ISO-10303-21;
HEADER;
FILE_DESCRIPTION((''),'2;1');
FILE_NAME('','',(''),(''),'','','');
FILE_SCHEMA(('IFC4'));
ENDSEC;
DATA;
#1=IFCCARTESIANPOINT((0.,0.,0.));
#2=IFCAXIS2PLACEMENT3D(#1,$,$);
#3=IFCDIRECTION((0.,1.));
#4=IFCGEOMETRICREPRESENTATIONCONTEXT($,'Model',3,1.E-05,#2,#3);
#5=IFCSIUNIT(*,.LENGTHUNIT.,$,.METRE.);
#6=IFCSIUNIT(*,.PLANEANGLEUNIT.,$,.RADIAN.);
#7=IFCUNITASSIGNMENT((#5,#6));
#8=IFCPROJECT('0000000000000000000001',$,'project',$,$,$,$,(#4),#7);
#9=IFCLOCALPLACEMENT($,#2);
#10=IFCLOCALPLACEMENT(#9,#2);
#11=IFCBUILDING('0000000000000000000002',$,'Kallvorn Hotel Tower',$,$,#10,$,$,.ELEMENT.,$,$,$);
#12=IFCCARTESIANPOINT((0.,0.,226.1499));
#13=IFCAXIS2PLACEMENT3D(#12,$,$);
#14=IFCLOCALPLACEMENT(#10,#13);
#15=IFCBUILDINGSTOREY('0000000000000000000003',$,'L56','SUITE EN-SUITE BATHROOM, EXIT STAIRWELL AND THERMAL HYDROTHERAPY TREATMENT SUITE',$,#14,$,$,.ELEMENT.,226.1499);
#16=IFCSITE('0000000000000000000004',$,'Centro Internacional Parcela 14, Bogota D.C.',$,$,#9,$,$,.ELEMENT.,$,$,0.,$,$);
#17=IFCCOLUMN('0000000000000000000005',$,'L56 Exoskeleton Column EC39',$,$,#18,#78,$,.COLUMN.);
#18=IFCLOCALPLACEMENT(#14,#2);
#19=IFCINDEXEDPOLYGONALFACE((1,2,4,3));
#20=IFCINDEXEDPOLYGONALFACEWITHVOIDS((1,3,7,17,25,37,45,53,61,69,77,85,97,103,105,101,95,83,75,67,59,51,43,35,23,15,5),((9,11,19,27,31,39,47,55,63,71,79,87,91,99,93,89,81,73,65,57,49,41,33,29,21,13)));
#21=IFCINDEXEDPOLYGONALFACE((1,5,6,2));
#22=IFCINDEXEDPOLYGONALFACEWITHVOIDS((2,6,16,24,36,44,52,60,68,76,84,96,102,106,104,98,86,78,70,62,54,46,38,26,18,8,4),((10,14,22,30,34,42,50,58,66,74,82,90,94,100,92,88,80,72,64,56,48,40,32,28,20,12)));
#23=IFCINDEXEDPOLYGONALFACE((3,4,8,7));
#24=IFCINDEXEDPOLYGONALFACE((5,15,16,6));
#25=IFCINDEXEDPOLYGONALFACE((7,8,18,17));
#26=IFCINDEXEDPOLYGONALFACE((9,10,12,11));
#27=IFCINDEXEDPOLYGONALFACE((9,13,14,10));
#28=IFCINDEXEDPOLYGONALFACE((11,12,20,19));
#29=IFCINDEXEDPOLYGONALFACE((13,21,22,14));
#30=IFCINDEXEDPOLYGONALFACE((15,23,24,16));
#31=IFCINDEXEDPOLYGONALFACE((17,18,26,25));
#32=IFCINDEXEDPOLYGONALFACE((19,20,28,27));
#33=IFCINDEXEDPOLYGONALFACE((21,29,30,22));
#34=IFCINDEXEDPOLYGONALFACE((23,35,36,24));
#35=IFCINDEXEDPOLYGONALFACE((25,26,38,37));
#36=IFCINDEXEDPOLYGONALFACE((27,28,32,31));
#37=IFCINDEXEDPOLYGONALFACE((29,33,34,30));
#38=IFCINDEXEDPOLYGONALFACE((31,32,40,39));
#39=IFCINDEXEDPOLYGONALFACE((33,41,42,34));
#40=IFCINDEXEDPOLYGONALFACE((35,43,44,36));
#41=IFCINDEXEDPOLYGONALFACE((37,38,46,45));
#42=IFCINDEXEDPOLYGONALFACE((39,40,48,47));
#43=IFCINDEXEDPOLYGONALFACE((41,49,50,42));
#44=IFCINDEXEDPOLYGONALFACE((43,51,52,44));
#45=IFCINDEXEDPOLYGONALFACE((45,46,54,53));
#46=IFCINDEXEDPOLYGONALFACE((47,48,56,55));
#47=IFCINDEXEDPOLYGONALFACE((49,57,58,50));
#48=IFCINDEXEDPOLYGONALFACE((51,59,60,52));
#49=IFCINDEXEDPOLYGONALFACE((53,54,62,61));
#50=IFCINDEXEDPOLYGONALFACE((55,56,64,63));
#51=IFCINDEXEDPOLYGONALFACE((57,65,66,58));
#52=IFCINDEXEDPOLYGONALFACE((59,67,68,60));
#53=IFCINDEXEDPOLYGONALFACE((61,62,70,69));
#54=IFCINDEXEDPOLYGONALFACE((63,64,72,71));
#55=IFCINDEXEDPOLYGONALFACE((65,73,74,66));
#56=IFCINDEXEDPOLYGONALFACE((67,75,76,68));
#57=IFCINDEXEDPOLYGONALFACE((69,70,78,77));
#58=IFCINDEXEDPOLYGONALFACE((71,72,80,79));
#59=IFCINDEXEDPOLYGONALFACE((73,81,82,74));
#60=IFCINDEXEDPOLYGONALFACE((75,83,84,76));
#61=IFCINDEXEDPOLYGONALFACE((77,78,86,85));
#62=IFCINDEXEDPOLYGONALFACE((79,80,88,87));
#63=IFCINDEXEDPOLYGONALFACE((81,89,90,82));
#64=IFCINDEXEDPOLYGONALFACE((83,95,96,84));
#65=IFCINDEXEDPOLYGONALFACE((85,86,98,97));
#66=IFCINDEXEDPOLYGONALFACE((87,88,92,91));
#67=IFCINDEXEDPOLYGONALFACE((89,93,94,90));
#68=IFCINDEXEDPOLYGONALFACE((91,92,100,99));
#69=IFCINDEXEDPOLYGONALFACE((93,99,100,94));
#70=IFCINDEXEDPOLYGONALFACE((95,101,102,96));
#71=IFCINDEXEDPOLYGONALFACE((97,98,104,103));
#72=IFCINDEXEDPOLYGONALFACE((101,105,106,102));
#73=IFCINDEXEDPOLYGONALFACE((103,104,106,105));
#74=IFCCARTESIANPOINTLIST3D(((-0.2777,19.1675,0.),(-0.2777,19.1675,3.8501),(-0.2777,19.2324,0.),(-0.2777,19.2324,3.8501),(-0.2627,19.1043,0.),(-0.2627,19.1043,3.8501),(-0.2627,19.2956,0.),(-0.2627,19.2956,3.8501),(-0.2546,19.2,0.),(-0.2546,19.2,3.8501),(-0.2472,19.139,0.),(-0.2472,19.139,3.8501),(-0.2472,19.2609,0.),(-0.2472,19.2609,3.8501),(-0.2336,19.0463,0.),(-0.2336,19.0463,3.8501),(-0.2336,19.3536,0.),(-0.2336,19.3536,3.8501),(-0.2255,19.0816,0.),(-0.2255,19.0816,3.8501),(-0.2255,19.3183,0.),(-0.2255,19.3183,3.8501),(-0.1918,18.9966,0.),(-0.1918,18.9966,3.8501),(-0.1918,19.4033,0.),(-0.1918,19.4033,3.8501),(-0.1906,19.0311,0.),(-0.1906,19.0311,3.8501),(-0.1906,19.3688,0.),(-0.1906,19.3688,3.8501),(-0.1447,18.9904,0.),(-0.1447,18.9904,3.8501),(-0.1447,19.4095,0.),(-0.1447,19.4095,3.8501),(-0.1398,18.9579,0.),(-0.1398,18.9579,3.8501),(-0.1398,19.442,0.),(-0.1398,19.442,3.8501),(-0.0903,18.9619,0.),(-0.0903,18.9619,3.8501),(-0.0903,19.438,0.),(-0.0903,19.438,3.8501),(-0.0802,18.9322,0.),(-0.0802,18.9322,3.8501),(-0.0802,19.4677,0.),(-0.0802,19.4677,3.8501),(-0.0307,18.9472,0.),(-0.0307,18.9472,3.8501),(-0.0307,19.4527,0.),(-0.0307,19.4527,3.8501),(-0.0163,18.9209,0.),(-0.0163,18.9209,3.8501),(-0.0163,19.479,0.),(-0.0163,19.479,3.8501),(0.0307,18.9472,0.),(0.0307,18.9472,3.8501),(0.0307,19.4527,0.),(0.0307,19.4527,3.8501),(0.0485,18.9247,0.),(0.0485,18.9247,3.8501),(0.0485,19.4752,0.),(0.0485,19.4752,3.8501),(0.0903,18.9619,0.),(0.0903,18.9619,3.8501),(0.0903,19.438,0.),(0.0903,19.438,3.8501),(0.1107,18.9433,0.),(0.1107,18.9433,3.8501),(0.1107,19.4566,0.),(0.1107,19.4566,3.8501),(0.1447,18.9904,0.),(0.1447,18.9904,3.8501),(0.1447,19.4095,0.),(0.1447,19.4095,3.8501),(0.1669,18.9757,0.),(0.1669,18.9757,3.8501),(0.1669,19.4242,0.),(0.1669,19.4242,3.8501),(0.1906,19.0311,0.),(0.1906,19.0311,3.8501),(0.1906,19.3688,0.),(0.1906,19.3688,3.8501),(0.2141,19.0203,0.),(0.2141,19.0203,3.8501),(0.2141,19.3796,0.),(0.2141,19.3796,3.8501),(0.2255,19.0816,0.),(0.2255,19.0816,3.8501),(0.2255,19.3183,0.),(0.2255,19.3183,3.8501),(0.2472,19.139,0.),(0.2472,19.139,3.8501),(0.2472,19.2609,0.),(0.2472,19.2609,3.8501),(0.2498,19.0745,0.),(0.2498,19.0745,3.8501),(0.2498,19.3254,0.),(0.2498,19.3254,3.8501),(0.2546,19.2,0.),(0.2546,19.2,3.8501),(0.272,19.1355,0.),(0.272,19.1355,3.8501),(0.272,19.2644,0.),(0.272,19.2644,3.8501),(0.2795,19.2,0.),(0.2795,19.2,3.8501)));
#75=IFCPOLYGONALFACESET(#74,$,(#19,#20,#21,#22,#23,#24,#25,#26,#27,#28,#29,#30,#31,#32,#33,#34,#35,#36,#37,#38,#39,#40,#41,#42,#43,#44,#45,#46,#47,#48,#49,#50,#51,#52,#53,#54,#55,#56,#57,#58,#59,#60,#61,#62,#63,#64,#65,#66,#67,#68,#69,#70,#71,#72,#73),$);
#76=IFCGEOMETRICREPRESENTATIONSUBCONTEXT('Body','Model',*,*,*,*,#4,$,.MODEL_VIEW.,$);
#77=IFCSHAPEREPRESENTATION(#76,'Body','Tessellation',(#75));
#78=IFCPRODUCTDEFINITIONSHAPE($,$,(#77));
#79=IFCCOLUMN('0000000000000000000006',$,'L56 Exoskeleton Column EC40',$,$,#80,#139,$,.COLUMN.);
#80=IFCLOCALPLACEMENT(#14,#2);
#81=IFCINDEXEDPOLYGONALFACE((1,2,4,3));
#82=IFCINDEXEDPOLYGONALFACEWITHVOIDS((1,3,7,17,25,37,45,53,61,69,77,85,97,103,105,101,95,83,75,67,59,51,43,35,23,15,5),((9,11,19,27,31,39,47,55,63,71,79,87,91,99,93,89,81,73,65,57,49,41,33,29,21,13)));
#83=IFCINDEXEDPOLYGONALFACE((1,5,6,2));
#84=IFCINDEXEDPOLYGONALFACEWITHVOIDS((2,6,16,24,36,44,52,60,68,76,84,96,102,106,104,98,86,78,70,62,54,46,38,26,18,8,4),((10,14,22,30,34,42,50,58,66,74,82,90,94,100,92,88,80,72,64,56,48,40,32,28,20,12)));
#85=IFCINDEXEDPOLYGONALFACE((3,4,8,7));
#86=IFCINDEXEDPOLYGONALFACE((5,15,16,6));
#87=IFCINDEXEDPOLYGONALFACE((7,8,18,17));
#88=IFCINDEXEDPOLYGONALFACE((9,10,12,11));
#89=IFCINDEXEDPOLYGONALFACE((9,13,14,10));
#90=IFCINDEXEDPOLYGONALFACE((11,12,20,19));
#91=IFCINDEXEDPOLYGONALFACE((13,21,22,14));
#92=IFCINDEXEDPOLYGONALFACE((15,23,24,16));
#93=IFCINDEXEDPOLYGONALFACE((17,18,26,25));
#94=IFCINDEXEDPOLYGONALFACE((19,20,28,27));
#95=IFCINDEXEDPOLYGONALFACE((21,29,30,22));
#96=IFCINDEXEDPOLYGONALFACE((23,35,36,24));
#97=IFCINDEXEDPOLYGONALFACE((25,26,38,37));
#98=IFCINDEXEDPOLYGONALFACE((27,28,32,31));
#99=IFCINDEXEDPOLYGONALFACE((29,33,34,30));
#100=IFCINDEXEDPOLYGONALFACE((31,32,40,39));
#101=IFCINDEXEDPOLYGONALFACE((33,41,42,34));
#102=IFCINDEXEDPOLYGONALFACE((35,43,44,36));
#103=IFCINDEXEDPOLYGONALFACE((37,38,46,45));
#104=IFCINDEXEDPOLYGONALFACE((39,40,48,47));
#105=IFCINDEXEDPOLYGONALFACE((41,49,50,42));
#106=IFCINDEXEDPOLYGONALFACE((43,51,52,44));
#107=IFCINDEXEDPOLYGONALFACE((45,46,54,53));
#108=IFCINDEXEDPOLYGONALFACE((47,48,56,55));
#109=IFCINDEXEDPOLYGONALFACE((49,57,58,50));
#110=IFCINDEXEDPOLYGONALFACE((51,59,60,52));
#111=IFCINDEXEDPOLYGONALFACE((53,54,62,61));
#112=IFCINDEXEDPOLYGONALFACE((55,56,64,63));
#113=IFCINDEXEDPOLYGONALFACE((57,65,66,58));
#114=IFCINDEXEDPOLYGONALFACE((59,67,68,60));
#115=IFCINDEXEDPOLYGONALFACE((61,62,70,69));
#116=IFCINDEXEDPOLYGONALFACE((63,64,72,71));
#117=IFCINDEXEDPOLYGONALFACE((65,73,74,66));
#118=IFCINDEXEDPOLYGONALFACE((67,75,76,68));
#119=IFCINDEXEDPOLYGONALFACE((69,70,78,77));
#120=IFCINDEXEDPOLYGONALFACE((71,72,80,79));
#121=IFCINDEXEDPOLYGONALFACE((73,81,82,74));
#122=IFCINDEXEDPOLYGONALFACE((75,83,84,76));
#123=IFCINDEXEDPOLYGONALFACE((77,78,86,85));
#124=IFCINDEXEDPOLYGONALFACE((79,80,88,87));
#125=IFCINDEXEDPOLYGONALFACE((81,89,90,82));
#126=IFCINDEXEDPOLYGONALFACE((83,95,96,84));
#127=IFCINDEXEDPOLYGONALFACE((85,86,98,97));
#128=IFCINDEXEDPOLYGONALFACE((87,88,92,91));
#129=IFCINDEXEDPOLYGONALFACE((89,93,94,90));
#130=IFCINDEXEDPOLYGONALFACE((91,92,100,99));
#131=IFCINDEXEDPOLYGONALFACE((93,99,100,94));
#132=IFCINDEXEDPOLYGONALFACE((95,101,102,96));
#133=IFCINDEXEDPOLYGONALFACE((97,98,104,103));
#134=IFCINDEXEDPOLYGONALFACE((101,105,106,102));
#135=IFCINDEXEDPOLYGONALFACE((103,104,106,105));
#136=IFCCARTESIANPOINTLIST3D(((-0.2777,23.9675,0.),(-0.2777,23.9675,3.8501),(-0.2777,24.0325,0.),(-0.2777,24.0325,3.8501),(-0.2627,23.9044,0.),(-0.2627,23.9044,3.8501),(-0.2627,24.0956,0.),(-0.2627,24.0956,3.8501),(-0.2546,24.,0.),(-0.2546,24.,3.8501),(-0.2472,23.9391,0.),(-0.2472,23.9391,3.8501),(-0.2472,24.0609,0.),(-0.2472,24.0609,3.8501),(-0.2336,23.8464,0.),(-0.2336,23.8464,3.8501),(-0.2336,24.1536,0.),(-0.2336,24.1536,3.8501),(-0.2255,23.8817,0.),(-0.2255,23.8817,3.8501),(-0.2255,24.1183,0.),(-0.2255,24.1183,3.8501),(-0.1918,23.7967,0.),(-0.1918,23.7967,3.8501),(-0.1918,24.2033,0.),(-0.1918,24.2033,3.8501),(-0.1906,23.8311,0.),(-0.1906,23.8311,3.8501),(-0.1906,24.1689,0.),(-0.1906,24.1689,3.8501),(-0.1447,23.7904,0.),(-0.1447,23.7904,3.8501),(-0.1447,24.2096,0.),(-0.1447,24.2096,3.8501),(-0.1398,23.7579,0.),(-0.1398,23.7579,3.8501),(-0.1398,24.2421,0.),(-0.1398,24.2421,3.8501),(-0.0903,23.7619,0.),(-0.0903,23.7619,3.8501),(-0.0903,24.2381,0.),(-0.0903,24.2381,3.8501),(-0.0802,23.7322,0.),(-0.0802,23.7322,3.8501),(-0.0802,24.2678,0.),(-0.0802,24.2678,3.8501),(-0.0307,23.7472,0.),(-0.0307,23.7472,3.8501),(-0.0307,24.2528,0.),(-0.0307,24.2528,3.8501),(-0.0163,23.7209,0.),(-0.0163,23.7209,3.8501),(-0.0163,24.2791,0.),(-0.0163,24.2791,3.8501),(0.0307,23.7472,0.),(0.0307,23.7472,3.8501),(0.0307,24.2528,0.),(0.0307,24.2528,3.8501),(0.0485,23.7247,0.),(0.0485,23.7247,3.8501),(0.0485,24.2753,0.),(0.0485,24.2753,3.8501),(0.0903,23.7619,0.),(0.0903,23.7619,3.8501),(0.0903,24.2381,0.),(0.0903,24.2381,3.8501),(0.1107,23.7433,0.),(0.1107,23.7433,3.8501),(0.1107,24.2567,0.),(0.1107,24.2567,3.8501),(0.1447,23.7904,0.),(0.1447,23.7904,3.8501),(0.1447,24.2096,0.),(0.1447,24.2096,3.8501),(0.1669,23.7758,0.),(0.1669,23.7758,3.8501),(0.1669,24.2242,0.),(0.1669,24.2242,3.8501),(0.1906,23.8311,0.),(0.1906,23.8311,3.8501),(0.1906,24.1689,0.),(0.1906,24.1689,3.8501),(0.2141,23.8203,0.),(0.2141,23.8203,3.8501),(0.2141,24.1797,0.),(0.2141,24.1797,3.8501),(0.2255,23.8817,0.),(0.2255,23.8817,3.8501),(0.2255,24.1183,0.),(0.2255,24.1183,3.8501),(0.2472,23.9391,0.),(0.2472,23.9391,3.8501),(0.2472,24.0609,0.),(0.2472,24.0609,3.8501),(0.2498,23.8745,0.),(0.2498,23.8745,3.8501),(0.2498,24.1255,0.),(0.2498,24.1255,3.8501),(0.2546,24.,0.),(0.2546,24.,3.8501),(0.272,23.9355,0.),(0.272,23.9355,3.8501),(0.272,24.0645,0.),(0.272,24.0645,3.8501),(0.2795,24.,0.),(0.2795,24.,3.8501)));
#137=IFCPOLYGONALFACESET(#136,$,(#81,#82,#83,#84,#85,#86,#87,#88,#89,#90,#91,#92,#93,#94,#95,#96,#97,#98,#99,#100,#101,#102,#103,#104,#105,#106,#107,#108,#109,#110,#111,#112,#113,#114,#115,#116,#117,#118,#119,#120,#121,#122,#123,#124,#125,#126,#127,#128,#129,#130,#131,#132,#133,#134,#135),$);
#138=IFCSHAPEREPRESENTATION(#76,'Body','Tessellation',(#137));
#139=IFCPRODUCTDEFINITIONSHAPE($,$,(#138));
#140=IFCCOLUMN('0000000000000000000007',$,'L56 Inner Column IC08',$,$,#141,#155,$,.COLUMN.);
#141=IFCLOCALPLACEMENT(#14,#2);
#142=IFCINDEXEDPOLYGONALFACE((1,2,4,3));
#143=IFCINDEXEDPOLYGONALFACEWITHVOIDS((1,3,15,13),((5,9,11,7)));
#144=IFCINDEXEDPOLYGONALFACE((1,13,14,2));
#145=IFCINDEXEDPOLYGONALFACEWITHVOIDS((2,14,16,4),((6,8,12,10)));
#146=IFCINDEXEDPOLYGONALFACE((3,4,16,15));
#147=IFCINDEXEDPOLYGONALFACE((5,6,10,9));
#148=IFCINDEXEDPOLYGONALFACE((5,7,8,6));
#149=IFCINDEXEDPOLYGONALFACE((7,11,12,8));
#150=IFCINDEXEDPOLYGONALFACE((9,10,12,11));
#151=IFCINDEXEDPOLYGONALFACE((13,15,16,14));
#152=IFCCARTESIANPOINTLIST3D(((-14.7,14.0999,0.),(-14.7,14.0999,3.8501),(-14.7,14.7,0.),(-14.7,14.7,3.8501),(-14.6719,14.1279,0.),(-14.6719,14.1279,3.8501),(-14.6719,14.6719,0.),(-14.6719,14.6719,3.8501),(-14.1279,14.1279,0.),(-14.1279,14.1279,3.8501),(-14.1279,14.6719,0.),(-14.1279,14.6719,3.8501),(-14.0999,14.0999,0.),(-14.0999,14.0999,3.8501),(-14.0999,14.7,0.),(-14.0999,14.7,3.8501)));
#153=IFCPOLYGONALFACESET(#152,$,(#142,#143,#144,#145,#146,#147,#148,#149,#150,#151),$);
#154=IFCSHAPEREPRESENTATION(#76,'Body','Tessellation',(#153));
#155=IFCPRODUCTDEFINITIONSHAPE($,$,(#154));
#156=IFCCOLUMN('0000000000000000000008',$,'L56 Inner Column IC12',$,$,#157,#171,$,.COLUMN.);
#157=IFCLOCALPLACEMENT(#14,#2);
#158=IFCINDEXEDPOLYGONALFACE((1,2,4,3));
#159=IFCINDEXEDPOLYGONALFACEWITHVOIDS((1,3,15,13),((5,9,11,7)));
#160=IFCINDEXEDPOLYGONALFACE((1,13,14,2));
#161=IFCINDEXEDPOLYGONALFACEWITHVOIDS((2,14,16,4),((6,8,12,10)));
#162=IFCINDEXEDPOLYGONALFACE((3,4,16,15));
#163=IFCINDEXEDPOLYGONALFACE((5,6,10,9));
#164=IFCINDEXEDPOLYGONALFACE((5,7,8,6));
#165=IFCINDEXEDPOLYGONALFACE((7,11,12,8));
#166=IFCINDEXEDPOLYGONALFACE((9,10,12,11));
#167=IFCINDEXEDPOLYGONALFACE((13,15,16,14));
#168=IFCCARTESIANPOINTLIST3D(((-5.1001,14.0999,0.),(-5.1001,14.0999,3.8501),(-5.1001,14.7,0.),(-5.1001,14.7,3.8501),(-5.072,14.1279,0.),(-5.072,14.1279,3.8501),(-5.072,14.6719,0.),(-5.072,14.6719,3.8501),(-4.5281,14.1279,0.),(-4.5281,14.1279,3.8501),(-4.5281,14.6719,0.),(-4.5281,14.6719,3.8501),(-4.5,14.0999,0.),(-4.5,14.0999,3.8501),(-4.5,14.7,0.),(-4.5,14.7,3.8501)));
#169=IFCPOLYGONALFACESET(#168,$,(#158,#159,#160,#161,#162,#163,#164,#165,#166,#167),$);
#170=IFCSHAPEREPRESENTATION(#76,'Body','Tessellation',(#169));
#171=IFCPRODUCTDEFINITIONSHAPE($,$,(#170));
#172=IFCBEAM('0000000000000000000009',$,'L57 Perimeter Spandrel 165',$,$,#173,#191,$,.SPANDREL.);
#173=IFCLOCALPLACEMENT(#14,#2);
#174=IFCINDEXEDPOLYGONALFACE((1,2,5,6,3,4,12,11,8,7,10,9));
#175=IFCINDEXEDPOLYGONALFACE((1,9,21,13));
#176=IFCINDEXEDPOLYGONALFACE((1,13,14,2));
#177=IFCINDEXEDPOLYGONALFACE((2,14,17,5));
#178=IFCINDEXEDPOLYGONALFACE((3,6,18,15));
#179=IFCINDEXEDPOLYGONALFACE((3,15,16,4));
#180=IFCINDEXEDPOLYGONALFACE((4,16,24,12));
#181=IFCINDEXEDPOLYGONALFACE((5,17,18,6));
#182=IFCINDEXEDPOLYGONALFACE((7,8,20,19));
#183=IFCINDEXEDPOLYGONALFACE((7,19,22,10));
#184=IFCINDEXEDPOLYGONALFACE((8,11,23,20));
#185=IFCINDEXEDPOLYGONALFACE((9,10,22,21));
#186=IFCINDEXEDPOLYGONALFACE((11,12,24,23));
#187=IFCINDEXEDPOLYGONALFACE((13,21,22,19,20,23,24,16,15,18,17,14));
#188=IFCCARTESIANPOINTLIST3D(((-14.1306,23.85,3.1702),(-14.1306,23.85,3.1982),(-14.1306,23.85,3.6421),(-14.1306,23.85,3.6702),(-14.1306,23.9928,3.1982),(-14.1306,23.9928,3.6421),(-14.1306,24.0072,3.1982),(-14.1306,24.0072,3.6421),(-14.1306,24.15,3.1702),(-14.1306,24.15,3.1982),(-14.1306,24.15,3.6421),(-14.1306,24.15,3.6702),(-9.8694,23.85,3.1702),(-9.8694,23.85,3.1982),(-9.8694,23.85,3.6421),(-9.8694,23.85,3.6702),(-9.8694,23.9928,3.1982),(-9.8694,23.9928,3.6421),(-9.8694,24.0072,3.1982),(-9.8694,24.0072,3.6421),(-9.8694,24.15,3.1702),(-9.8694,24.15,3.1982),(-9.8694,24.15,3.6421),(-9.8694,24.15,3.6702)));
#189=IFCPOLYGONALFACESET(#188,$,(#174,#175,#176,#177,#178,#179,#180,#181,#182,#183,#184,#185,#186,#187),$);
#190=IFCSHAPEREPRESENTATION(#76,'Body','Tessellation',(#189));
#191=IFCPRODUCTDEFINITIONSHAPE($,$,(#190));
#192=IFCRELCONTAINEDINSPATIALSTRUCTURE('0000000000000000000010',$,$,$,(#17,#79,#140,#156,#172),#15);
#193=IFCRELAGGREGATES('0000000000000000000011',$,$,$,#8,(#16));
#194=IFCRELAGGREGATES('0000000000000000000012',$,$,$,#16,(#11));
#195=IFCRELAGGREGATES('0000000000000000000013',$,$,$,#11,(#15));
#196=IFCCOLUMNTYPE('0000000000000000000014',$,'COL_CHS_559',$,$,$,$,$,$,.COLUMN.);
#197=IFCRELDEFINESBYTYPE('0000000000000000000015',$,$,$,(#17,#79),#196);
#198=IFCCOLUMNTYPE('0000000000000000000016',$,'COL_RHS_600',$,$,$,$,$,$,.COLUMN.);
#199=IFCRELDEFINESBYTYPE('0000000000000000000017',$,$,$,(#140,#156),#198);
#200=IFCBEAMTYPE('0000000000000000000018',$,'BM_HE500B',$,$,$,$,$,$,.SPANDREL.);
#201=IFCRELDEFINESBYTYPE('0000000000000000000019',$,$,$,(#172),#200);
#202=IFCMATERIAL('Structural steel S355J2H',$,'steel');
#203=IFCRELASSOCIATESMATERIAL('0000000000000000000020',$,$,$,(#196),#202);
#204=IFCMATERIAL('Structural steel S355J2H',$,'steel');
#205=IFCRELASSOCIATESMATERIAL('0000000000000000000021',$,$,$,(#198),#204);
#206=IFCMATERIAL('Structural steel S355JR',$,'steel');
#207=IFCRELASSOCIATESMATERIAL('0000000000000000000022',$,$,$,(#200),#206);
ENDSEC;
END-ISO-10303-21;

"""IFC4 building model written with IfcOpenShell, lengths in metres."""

from ifc_helpers import new_model, si_unit, direction, frame, origin, origin_2d, place, context, subcontext, project, spatial, hollow_rectangle, hollow_circle, i_section, extrude, material, material_profile, profile_set, type_object, element, save


model = new_model("IFC4")

# Units and contexts
model_context = context("Model", 3, precision=1e-05, world=origin(), true_north=direction((0.0, 1.0)))
body_context = subcontext(model_context, "Body", "Model", "MODEL_VIEW")
ifc_project = project(units=[si_unit("LENGTHUNIT", "METRE"), si_unit("PLANEANGLEUNIT", "RADIAN")], contexts=[model_context])

# Site, building, storey
site_placement = place(None, origin())
site = spatial("IfcSite", under=ifc_project, at=site_placement, Name="Centro Internacional Parcela 14, Bogota D.C.", CompositionType="ELEMENT", RefElevation=0.0)
building_placement = place(site_placement, origin())
building = spatial("IfcBuilding", under=site, at=building_placement, Name="Kallvorn Hotel Tower", CompositionType="ELEMENT")
storey_placement = place(building_placement, frame((0.0, 0.0, 226.1499)))
storey = spatial("IfcBuildingStorey", under=building, at=storey_placement, Name="L56", Description="SUITE EN-SUITE BATHROOM, EXIT STAIRWELL AND THERMAL HYDROTHERAPY TREATMENT SUITE", CompositionType="ELEMENT", Elevation=226.1499)

# Columns
ifc_material_1 = material(Name="Structural steel S355J2H", Category="steel")
ifc_material_profile_1 = material_profile(ifc_material_1, hollow_circle(Radius=0.2795, WallThickness=0.0249, at=origin_2d()), Name="CHS 559x25")
ifc_profile_set_1 = profile_set([ifc_material_profile_1], Name="Structural steel S355J2H")
column_type_1 = type_object("IfcColumnType", Name="COL_CHS_559", PredefinedType="COLUMN", material=ifc_profile_set_1)
for number, where, z_axis, x_axis, name in (
    (1, (0.0, 19.2, 0.0), (0.0, 0.0, 1.0), (1.0, 0.0, 0.0), "L56 Exoskeleton Column EC39"),
    (2, (0.0, 24.0, 0.0), (0.0, 0.0, 1.0), (1.0, 0.0, 0.0), "L56 Exoskeleton Column EC40"),
):
    element("IfcColumn", number, at=place(storey_placement, frame(where, z_axis=z_axis, x_axis=x_axis)), inside=storey, type_object=column_type_1, Name=name, PredefinedType="COLUMN", context=body_context, shape_type="SweptSolid", body=[
        extrude(hollow_circle(Radius=0.2795, WallThickness=0.0249, at=origin_2d()), origin(), (0.0, 0.0, 1.0), 3.8501),
    ])
ifc_material_2 = material(Name="Structural steel S355J2H", Category="steel")
ifc_material_profile_2 = material_profile(ifc_material_2, hollow_rectangle(XDim=0.6001, YDim=0.6001, WallThickness=0.0281, at=origin_2d()), Name="RHS 600x600x28")
ifc_profile_set_2 = profile_set([ifc_material_profile_2], Name="Structural steel S355J2H")
column_type_2 = type_object("IfcColumnType", Name="COL_RHS_600", PredefinedType="COLUMN", material=ifc_profile_set_2)
for number, where, z_axis, x_axis, name in (
    (3, (-14.3999, 14.3999, 0.0), (0.0, 0.0, 1.0), (1.0, 0.0, 0.0), "L56 Inner Column IC08"),
    (4, (-4.8, 14.3999, 0.0), (0.0, 0.0, 1.0), (1.0, 0.0, 0.0), "L56 Inner Column IC12"),
):
    element("IfcColumn", number, at=place(storey_placement, frame(where, z_axis=z_axis, x_axis=x_axis)), inside=storey, type_object=column_type_2, Name=name, PredefinedType="COLUMN", context=body_context, shape_type="SweptSolid", body=[
        extrude(hollow_rectangle(XDim=0.6001, YDim=0.6001, WallThickness=0.0281, at=origin_2d()), origin(), (0.0, 0.0, 1.0), 3.8501),
    ])

# Beam
ifc_material_3 = material(Name="Structural steel S355JR", Category="steel")
ifc_material_profile_3 = material_profile(ifc_material_3, i_section(OverallWidth=0.3, OverallDepth=0.5, WebThickness=0.0144, FlangeThickness=0.0281, at=origin_2d()), Name="HE 500 B")
ifc_profile_set_3 = profile_set([ifc_material_profile_3], Name="Structural steel S355JR")
beam_type_1 = type_object("IfcBeamType", Name="BM_HE500B", PredefinedType="SPANDREL", material=ifc_profile_set_3)
beam_1_placement = place(storey_placement, frame((-14.1306, 24.0, 3.4202), z_axis=(1.0, 0.0, 0.0), x_axis=(0.0, 1.0, 0.0)))
element("IfcBeam", 5, at=beam_1_placement, inside=storey, type_object=beam_type_1, Name="L57 Perimeter Spandrel 165", PredefinedType="SPANDREL", context=body_context, shape_type="SweptSolid", body=[
    extrude(i_section(OverallWidth=0.3, OverallDepth=0.5, WebThickness=0.0144, FlangeThickness=0.0281, at=origin_2d()), origin(), (0.0, 0.0, 1.0), 4.2612),
])

save(model, "model.ifc")
